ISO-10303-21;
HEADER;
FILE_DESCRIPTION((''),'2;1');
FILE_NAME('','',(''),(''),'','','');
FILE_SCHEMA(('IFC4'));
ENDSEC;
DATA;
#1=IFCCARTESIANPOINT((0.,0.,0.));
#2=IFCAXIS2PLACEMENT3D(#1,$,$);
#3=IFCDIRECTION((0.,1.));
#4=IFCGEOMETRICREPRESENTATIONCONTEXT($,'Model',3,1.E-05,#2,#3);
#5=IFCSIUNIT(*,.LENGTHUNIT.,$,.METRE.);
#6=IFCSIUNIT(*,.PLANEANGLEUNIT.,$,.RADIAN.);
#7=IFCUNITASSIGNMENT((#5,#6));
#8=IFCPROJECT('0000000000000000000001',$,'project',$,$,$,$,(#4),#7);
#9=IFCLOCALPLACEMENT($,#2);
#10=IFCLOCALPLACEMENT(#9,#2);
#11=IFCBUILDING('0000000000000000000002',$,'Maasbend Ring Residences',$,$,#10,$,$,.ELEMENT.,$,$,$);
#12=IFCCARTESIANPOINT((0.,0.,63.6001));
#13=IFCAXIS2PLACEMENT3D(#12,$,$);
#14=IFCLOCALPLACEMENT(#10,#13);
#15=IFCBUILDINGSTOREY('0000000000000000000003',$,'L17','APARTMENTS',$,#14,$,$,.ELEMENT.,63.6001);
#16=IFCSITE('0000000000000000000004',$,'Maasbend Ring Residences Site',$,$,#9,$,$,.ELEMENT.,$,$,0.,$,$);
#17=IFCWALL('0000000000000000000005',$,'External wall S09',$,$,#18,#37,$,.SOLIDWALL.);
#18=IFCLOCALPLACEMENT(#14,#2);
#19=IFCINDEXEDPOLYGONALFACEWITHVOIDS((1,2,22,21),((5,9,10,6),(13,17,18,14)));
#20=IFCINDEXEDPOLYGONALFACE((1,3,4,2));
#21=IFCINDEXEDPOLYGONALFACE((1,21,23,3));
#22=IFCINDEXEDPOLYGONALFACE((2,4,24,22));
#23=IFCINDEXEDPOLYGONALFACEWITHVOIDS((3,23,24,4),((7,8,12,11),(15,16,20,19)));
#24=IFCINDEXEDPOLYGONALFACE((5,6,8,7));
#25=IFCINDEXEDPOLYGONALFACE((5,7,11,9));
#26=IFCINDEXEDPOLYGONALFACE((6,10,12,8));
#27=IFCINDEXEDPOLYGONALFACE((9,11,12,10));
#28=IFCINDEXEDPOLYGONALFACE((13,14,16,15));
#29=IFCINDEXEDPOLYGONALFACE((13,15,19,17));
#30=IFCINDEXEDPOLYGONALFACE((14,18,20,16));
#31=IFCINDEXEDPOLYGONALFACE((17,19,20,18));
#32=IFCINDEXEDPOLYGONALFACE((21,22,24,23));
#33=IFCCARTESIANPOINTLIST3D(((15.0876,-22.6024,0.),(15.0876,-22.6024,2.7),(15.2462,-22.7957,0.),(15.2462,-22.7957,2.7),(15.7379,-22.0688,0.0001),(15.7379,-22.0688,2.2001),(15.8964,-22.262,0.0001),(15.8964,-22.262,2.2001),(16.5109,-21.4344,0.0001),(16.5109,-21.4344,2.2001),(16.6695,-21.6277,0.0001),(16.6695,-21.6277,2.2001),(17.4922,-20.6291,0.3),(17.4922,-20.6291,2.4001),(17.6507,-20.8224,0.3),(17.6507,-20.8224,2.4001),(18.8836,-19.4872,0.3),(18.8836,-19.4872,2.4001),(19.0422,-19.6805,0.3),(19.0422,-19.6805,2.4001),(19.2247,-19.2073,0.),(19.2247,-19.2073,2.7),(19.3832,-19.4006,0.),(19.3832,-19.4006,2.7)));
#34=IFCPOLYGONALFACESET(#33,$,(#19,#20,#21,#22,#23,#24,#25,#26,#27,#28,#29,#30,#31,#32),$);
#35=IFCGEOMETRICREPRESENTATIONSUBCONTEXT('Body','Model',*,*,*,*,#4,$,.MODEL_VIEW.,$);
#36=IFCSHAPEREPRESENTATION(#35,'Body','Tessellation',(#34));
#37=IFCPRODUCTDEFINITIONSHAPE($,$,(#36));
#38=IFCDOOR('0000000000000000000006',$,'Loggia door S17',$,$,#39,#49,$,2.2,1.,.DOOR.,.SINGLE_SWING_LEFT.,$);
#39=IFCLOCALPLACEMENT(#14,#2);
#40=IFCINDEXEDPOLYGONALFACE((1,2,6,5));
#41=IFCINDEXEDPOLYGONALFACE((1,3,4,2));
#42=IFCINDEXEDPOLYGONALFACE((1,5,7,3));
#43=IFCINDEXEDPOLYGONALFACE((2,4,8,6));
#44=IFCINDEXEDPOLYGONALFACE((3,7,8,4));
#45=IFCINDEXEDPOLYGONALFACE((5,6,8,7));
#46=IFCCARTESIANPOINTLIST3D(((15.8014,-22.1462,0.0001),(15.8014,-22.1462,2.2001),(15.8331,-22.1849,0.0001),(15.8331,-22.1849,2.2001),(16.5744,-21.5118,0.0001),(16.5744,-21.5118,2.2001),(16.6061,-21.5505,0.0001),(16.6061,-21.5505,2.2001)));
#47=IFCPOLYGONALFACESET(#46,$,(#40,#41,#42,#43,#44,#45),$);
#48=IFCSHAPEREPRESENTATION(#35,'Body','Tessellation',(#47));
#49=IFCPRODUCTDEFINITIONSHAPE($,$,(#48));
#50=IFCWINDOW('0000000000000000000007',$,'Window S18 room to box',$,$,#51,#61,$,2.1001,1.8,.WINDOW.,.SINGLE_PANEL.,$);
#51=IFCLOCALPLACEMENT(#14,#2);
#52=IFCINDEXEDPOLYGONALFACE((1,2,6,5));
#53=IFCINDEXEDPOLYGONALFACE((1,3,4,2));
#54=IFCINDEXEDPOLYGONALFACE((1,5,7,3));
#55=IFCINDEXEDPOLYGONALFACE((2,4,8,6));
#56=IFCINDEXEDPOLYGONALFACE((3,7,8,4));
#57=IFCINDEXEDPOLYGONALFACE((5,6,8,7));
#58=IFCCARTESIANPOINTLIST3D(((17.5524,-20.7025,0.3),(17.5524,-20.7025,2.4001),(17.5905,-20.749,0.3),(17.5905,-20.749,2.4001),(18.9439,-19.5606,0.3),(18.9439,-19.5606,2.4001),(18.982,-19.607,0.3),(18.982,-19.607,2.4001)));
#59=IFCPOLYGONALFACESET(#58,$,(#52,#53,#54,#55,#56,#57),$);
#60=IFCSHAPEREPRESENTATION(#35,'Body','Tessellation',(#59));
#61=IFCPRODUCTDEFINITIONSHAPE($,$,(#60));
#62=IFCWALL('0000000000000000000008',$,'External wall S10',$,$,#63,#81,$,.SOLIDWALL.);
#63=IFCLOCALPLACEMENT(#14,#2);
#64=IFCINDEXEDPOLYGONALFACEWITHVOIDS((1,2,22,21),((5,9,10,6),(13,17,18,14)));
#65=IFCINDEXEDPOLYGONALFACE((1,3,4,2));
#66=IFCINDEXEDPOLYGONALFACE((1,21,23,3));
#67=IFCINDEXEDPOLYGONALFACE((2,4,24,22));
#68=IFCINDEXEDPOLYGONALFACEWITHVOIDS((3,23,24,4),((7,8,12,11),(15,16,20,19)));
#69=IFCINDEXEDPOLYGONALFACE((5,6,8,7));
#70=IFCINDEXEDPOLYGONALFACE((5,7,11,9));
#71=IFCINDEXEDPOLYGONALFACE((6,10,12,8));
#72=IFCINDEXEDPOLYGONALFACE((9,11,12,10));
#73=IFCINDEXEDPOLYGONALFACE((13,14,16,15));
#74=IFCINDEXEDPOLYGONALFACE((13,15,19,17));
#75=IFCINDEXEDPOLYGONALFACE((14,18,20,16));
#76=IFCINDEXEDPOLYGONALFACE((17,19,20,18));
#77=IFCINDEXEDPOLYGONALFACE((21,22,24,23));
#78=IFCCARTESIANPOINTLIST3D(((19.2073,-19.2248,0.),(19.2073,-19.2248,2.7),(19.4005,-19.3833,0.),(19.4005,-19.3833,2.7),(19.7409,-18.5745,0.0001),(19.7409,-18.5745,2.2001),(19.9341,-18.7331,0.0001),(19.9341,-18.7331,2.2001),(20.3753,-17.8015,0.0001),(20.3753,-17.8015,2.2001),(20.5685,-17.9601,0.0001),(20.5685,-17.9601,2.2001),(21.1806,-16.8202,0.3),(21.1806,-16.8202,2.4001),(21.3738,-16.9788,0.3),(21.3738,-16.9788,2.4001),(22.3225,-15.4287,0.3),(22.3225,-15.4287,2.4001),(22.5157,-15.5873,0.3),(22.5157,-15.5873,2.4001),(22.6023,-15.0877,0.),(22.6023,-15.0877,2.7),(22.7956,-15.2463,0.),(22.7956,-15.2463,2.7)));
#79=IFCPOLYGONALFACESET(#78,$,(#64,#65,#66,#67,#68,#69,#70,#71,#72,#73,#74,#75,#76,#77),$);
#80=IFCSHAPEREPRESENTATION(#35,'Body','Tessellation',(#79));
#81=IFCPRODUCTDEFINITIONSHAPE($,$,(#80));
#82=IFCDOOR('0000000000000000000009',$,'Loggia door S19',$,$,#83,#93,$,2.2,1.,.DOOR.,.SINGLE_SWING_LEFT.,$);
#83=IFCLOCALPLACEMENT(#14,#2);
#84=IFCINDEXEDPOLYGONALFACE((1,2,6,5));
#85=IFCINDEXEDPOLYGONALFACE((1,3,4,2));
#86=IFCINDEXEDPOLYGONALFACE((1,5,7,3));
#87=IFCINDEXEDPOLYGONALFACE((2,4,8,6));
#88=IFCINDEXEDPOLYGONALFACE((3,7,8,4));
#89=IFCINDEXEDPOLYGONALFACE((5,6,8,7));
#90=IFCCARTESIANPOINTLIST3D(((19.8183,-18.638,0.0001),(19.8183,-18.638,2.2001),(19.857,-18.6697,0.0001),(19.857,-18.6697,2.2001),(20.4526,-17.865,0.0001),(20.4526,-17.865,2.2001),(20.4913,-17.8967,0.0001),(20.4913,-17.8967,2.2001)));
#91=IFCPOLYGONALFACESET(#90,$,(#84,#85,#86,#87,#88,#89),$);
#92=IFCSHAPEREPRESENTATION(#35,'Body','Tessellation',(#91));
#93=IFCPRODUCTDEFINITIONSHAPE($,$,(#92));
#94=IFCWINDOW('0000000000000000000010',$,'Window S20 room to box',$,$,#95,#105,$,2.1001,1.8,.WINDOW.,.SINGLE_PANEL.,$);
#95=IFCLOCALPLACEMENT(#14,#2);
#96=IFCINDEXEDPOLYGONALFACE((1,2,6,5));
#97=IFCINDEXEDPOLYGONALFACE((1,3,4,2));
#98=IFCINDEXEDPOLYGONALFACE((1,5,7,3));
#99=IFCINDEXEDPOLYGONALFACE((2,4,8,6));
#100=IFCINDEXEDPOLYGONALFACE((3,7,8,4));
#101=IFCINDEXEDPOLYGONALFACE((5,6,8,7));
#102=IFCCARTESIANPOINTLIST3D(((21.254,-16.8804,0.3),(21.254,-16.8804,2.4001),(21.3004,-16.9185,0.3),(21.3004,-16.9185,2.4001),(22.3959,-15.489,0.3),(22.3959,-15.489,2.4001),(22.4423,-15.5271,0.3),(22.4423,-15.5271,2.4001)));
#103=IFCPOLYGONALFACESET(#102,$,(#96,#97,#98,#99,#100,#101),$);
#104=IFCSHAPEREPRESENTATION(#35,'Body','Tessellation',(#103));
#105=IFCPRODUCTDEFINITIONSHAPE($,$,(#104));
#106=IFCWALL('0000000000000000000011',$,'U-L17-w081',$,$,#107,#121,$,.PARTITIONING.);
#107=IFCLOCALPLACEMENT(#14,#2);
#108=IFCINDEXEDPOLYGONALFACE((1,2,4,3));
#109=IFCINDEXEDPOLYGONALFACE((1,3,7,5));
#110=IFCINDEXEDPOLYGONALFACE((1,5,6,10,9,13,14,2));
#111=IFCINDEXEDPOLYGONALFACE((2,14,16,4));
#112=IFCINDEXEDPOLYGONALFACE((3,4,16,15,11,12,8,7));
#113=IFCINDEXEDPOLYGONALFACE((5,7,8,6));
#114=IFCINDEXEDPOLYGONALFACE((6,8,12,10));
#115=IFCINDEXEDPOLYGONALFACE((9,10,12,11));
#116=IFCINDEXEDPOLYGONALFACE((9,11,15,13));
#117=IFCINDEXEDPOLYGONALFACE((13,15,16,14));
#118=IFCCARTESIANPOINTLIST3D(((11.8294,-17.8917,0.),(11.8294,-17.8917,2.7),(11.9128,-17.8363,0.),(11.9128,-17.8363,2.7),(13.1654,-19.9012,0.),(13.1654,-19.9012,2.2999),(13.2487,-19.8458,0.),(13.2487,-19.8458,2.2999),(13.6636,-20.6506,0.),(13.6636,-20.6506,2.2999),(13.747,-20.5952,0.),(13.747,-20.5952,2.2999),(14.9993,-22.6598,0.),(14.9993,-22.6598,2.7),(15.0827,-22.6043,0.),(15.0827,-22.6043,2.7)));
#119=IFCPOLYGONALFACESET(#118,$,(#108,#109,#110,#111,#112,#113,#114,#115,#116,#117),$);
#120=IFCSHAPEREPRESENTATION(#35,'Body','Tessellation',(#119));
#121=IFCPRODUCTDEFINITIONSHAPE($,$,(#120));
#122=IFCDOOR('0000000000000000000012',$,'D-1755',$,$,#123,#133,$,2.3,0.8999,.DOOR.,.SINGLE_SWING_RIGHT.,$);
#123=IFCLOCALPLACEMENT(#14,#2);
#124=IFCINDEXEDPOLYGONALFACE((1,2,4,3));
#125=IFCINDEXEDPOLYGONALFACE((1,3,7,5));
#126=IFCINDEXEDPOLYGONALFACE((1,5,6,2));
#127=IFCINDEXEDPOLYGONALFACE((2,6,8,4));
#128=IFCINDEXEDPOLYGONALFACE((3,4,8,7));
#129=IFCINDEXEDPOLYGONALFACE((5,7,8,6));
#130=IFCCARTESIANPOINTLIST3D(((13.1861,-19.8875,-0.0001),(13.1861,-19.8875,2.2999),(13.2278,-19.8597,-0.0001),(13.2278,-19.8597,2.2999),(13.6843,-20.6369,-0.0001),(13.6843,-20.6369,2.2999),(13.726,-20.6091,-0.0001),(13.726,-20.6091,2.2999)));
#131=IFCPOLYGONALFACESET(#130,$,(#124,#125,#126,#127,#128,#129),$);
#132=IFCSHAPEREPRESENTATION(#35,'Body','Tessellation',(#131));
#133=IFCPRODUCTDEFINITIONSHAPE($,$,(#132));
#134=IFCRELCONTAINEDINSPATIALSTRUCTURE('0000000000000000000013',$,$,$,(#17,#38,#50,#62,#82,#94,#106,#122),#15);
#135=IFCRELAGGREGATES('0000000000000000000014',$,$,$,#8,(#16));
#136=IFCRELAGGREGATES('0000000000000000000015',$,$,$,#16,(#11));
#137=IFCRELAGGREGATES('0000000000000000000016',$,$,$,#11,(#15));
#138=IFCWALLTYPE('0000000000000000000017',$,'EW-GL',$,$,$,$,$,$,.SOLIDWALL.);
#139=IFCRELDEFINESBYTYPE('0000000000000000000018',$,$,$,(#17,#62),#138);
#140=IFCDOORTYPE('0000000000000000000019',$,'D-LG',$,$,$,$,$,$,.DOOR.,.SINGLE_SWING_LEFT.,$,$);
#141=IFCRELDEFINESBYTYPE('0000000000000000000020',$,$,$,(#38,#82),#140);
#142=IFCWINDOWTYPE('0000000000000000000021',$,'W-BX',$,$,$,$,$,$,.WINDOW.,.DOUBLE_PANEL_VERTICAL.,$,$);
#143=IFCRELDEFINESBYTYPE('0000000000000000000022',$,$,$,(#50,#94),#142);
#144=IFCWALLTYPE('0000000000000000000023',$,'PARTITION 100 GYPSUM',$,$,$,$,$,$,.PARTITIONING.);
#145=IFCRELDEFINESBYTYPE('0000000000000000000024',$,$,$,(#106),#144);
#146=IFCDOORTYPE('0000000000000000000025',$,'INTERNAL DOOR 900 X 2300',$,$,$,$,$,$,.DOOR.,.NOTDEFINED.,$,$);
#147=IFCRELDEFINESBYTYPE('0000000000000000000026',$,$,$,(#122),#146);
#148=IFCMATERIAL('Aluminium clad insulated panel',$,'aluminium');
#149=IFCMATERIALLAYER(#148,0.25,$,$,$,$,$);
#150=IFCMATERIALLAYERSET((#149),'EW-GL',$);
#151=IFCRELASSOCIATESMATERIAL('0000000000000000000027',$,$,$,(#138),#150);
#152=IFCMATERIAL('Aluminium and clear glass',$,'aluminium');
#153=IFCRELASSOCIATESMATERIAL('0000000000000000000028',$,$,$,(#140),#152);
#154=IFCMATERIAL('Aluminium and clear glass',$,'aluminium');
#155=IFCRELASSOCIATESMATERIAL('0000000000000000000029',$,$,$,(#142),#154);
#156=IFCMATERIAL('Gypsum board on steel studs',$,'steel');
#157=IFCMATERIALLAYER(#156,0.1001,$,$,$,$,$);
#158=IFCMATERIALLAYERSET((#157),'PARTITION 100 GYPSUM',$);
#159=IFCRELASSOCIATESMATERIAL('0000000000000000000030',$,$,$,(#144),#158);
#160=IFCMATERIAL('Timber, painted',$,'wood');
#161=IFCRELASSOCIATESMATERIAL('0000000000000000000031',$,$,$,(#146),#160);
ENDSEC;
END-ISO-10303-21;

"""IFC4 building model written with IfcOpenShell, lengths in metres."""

from ifc_helpers import new_model, si_unit, direction, frame, frame_2d, origin, place, context, subcontext, project, spatial, rectangle, extrude, material, layer, layer_set, type_object, element, fill, save


model = new_model("IFC4")

# Units and contexts
model_context = context("Model", 3, precision=1e-05, world=origin(), true_north=direction((0.0, 1.0)))
body_context = subcontext(model_context, "Body", "Model", "MODEL_VIEW")
ifc_project = project(units=[si_unit("LENGTHUNIT", "METRE"), si_unit("PLANEANGLEUNIT", "RADIAN")], contexts=[model_context])

# Site, building, storey
site_placement = place(None, origin())
site = spatial("IfcSite", under=ifc_project, at=site_placement, Name="Maasbend Ring Residences Site", CompositionType="ELEMENT", RefElevation=0.0)
building_placement = place(site_placement, origin())
building = spatial("IfcBuilding", under=site, at=building_placement, Name="Maasbend Ring Residences", CompositionType="ELEMENT")
storey_placement = place(building_placement, frame((0.0, 0.0, 63.6001)))
storey = spatial("IfcBuildingStorey", under=building, at=storey_placement, Name="L17", Description="APARTMENTS", CompositionType="ELEMENT", Elevation=63.6001)

# Walls, openings, doors, windows
ifc_material_1 = material(Name="Aluminium clad insulated panel", Category="aluminium")
ifc_layer_1 = layer(ifc_material_1, 0.25)
ifc_layer_set_1 = layer_set([ifc_layer_1], Name="EW-GL")
wall_type_1 = type_object("IfcWallType", Name="EW-GL", PredefinedType="SOLIDWALL", material=ifc_layer_set_1)
wall_1_placement = place(storey_placement, frame((15.167, -22.699, 0.0), z_axis=(0.0, 0.0, 1.0), x_axis=(0.773019, 0.634382, 0.0)))
wall_1 = element("IfcWall", 1, at=wall_1_placement, inside=storey, type_object=wall_type_1, Name="External wall S09", PredefinedType="SOLIDWALL", context=body_context, shape_type="SweptSolid", body=[
    extrude(rectangle(XDim=5.3518, YDim=0.25, at=frame_2d((2.6758, 0.0))), origin(), (0.0, 0.0, 1.0), 2.7),
])
opening_1_placement = place(wall_1_placement, frame((0.8411, 0.0, 0.0)))
opening_1 = element("IfcOpeningElement", 2, at=opening_1_placement, cuts=wall_1, PredefinedType="OPENING", context=body_context, shape_type="SweptSolid", body=[
    extrude(rectangle(XDim=1.0, YDim=2.2, at=frame_2d((0.5, 1.1001))), frame((0.0, 0.135, 0.0), z_axis=(0.0, -1.0, 0.0), x_axis=(1.0, 0.0, 0.0)), (0.0, 0.0, 1.0), 0.27),
])
opening_2_placement = place(wall_1_placement, frame((3.1106, 0.0, 0.3)))
opening_2 = element("IfcOpeningElement", 3, at=opening_2_placement, cuts=wall_1, PredefinedType="OPENING", context=body_context, shape_type="SweptSolid", body=[
    extrude(rectangle(XDim=1.8, YDim=2.1001, at=frame_2d((0.8999, 1.05))), frame((0.0, 0.135, 0.0), z_axis=(0.0, -1.0, 0.0), x_axis=(1.0, 0.0, 0.0)), (0.0, 0.0, 1.0), 0.27),
])
ifc_material_2 = material(Name="Aluminium and clear glass", Category="aluminium")
door_type_1 = type_object("IfcDoorType", Name="D-LG", OperationType="SINGLE_SWING_LEFT", PredefinedType="DOOR", material=ifc_material_2)
door_1_placement = place(opening_1_placement, origin())
door_1 = element("IfcDoor", 4, at=door_1_placement, inside=storey, type_object=door_type_1, Name="Loggia door S17", OperationType="SINGLE_SWING_LEFT", OverallHeight=2.2, OverallWidth=1.0, PredefinedType="DOOR", context=body_context, shape_type="SweptSolid", body=[
    extrude(rectangle(XDim=1.0, YDim=2.2, at=frame_2d((0.5, 1.1001))), frame((0.0, 0.0249, 0.0), z_axis=(0.0, -1.0, 0.0), x_axis=(1.0, 0.0, 0.0)), (0.0, 0.0, 1.0), 0.05),
])
fill(opening_1, door_1)
ifc_material_3 = material(Name="Aluminium and clear glass", Category="aluminium")
window_type_1 = type_object("IfcWindowType", Name="W-BX", PartitioningType="DOUBLE_PANEL_VERTICAL", PredefinedType="WINDOW", material=ifc_material_3)
window_1_placement = place(opening_2_placement, origin())
window_1 = element("IfcWindow", 5, at=window_1_placement, inside=storey, type_object=window_type_1, Name="Window S18 room to box", OverallHeight=2.1001, OverallWidth=1.8, PartitioningType="SINGLE_PANEL", PredefinedType="WINDOW", context=body_context, shape_type="SweptSolid", body=[
    extrude(rectangle(XDim=1.8, YDim=2.1001, at=frame_2d((0.8999, 1.05))), frame((0.0, 0.03, 0.0), z_axis=(0.0, -1.0, 0.0), x_axis=(1.0, 0.0, 0.0)), (0.0, 0.0, 1.0), 0.0601),
])
fill(opening_2, window_1)
wall_2_placement = place(storey_placement, frame((19.304, -19.304, 0.0), z_axis=(0.0, 0.0, 1.0), x_axis=(0.634382, 0.773019, 0.0)))
wall_2 = element("IfcWall", 6, at=wall_2_placement, inside=storey, type_object=wall_type_1, Name="External wall S10", PredefinedType="SOLIDWALL", context=body_context, shape_type="SweptSolid", body=[
    extrude(rectangle(XDim=5.3518, YDim=0.25, at=frame_2d((2.6758, 0.0))), origin(), (0.0, 0.0, 1.0), 2.7),
])
opening_3_placement = place(wall_2_placement, frame((0.8411, 0.0, 0.0)))
opening_3 = element("IfcOpeningElement", 7, at=opening_3_placement, cuts=wall_2, PredefinedType="OPENING", context=body_context, shape_type="SweptSolid", body=[
    extrude(rectangle(XDim=1.0, YDim=2.2, at=frame_2d((0.5, 1.1001))), frame((0.0, 0.135, 0.0), z_axis=(0.0, -1.0, 0.0), x_axis=(1.0, 0.0, 0.0)), (0.0, 0.0, 1.0), 0.27),
])
opening_4_placement = place(wall_2_placement, frame((3.1106, 0.0, 0.3)))
opening_4 = element("IfcOpeningElement", 8, at=opening_4_placement, cuts=wall_2, PredefinedType="OPENING", context=body_context, shape_type="SweptSolid", body=[
    extrude(rectangle(XDim=1.8, YDim=2.1001, at=frame_2d((0.8999, 1.05))), frame((0.0, 0.135, 0.0), z_axis=(0.0, -1.0, 0.0), x_axis=(1.0, 0.0, 0.0)), (0.0, 0.0, 1.0), 0.27),
])
door_2_placement = place(opening_3_placement, origin())
door_2 = element("IfcDoor", 9, at=door_2_placement, inside=storey, type_object=door_type_1, Name="Loggia door S19", OperationType="SINGLE_SWING_LEFT", OverallHeight=2.2, OverallWidth=1.0, PredefinedType="DOOR", context=body_context, shape_type="SweptSolid", body=[
    extrude(rectangle(XDim=1.0, YDim=2.2, at=frame_2d((0.5, 1.1001))), frame((0.0, 0.0249, 0.0), z_axis=(0.0, -1.0, 0.0), x_axis=(1.0, 0.0, 0.0)), (0.0, 0.0, 1.0), 0.05),
])
fill(opening_3, door_2)
window_2_placement = place(opening_4_placement, origin())
window_2 = element("IfcWindow", 10, at=window_2_placement, inside=storey, type_object=window_type_1, Name="Window S20 room to box", OverallHeight=2.1001, OverallWidth=1.8, PartitioningType="SINGLE_PANEL", PredefinedType="WINDOW", context=body_context, shape_type="SweptSolid", body=[
    extrude(rectangle(XDim=1.8, YDim=2.1001, at=frame_2d((0.8999, 1.05))), frame((0.0, 0.03, 0.0), z_axis=(0.0, -1.0, 0.0), x_axis=(1.0, 0.0, 0.0)), (0.0, 0.0, 1.0), 0.0601),
])
fill(opening_4, window_2)

# Wall, opening, door
ifc_material_4 = material(Name="Gypsum board on steel studs", Category="steel")
ifc_layer_2 = layer(ifc_material_4, 0.1001)
ifc_layer_set_2 = layer_set([ifc_layer_2], Name="PARTITION 100 GYPSUM")
wall_type_2 = type_object("IfcWallType", Name="PARTITION 100 GYPSUM", PredefinedType="PARTITIONING", material=ifc_layer_set_2)
wall_3_placement = place(storey_placement, frame((11.8711, -17.864, 0.0), z_axis=(0.0, 0.0, 1.0), x_axis=(0.553637, -0.832758, 0.0)))
wall_3 = element("IfcWall", 11, at=wall_3_placement, inside=storey, type_object=wall_type_2, Name="U-L17-w081", PredefinedType="PARTITIONING", context=body_context, shape_type="SweptSolid", body=[
    extrude(rectangle(XDim=5.7256, YDim=0.1001, at=frame_2d((2.8628, 0.0))), origin(), (0.0, 0.0, 1.0), 2.7),
])
opening_5_placement = place(wall_3_placement, frame((2.4131, 0.0, 0.0)))
opening_5 = element("IfcOpeningElement", 12, at=opening_5_placement, cuts=wall_3, PredefinedType="OPENING", context=body_context, shape_type="SweptSolid", body=[
    extrude(rectangle(XDim=0.8999, YDim=2.3, at=frame_2d((0.45, 1.1499))), frame((0.0, 0.0601, 0.0), z_axis=(0.0, -1.0, 0.0), x_axis=(1.0, 0.0, 0.0)), (0.0, 0.0, 1.0), 0.1201),
])
ifc_material_5 = material(Name="Timber, painted", Category="wood")
door_type_2 = type_object("IfcDoorType", Name="INTERNAL DOOR 900 X 2300", OperationType="NOTDEFINED", PredefinedType="DOOR", material=ifc_material_5)
door_3_placement = place(opening_5_placement, origin())
door_3 = element("IfcDoor", 13, at=door_3_placement, inside=storey, type_object=door_type_2, Name="D-1755", OperationType="SINGLE_SWING_RIGHT", OverallHeight=2.3, OverallWidth=0.8999, PredefinedType="DOOR", context=body_context, shape_type="SweptSolid", body=[
    extrude(rectangle(XDim=0.8999, YDim=2.3, at=frame_2d((0.45, 1.1499))), frame((0.0, 0.0249, 0.0), z_axis=(0.0, -1.0, 0.0), x_axis=(1.0, 0.0, 0.0)), (0.0, 0.0, 1.0), 0.05),
])
fill(opening_5, door_3)

save(model, "model.ifc")
